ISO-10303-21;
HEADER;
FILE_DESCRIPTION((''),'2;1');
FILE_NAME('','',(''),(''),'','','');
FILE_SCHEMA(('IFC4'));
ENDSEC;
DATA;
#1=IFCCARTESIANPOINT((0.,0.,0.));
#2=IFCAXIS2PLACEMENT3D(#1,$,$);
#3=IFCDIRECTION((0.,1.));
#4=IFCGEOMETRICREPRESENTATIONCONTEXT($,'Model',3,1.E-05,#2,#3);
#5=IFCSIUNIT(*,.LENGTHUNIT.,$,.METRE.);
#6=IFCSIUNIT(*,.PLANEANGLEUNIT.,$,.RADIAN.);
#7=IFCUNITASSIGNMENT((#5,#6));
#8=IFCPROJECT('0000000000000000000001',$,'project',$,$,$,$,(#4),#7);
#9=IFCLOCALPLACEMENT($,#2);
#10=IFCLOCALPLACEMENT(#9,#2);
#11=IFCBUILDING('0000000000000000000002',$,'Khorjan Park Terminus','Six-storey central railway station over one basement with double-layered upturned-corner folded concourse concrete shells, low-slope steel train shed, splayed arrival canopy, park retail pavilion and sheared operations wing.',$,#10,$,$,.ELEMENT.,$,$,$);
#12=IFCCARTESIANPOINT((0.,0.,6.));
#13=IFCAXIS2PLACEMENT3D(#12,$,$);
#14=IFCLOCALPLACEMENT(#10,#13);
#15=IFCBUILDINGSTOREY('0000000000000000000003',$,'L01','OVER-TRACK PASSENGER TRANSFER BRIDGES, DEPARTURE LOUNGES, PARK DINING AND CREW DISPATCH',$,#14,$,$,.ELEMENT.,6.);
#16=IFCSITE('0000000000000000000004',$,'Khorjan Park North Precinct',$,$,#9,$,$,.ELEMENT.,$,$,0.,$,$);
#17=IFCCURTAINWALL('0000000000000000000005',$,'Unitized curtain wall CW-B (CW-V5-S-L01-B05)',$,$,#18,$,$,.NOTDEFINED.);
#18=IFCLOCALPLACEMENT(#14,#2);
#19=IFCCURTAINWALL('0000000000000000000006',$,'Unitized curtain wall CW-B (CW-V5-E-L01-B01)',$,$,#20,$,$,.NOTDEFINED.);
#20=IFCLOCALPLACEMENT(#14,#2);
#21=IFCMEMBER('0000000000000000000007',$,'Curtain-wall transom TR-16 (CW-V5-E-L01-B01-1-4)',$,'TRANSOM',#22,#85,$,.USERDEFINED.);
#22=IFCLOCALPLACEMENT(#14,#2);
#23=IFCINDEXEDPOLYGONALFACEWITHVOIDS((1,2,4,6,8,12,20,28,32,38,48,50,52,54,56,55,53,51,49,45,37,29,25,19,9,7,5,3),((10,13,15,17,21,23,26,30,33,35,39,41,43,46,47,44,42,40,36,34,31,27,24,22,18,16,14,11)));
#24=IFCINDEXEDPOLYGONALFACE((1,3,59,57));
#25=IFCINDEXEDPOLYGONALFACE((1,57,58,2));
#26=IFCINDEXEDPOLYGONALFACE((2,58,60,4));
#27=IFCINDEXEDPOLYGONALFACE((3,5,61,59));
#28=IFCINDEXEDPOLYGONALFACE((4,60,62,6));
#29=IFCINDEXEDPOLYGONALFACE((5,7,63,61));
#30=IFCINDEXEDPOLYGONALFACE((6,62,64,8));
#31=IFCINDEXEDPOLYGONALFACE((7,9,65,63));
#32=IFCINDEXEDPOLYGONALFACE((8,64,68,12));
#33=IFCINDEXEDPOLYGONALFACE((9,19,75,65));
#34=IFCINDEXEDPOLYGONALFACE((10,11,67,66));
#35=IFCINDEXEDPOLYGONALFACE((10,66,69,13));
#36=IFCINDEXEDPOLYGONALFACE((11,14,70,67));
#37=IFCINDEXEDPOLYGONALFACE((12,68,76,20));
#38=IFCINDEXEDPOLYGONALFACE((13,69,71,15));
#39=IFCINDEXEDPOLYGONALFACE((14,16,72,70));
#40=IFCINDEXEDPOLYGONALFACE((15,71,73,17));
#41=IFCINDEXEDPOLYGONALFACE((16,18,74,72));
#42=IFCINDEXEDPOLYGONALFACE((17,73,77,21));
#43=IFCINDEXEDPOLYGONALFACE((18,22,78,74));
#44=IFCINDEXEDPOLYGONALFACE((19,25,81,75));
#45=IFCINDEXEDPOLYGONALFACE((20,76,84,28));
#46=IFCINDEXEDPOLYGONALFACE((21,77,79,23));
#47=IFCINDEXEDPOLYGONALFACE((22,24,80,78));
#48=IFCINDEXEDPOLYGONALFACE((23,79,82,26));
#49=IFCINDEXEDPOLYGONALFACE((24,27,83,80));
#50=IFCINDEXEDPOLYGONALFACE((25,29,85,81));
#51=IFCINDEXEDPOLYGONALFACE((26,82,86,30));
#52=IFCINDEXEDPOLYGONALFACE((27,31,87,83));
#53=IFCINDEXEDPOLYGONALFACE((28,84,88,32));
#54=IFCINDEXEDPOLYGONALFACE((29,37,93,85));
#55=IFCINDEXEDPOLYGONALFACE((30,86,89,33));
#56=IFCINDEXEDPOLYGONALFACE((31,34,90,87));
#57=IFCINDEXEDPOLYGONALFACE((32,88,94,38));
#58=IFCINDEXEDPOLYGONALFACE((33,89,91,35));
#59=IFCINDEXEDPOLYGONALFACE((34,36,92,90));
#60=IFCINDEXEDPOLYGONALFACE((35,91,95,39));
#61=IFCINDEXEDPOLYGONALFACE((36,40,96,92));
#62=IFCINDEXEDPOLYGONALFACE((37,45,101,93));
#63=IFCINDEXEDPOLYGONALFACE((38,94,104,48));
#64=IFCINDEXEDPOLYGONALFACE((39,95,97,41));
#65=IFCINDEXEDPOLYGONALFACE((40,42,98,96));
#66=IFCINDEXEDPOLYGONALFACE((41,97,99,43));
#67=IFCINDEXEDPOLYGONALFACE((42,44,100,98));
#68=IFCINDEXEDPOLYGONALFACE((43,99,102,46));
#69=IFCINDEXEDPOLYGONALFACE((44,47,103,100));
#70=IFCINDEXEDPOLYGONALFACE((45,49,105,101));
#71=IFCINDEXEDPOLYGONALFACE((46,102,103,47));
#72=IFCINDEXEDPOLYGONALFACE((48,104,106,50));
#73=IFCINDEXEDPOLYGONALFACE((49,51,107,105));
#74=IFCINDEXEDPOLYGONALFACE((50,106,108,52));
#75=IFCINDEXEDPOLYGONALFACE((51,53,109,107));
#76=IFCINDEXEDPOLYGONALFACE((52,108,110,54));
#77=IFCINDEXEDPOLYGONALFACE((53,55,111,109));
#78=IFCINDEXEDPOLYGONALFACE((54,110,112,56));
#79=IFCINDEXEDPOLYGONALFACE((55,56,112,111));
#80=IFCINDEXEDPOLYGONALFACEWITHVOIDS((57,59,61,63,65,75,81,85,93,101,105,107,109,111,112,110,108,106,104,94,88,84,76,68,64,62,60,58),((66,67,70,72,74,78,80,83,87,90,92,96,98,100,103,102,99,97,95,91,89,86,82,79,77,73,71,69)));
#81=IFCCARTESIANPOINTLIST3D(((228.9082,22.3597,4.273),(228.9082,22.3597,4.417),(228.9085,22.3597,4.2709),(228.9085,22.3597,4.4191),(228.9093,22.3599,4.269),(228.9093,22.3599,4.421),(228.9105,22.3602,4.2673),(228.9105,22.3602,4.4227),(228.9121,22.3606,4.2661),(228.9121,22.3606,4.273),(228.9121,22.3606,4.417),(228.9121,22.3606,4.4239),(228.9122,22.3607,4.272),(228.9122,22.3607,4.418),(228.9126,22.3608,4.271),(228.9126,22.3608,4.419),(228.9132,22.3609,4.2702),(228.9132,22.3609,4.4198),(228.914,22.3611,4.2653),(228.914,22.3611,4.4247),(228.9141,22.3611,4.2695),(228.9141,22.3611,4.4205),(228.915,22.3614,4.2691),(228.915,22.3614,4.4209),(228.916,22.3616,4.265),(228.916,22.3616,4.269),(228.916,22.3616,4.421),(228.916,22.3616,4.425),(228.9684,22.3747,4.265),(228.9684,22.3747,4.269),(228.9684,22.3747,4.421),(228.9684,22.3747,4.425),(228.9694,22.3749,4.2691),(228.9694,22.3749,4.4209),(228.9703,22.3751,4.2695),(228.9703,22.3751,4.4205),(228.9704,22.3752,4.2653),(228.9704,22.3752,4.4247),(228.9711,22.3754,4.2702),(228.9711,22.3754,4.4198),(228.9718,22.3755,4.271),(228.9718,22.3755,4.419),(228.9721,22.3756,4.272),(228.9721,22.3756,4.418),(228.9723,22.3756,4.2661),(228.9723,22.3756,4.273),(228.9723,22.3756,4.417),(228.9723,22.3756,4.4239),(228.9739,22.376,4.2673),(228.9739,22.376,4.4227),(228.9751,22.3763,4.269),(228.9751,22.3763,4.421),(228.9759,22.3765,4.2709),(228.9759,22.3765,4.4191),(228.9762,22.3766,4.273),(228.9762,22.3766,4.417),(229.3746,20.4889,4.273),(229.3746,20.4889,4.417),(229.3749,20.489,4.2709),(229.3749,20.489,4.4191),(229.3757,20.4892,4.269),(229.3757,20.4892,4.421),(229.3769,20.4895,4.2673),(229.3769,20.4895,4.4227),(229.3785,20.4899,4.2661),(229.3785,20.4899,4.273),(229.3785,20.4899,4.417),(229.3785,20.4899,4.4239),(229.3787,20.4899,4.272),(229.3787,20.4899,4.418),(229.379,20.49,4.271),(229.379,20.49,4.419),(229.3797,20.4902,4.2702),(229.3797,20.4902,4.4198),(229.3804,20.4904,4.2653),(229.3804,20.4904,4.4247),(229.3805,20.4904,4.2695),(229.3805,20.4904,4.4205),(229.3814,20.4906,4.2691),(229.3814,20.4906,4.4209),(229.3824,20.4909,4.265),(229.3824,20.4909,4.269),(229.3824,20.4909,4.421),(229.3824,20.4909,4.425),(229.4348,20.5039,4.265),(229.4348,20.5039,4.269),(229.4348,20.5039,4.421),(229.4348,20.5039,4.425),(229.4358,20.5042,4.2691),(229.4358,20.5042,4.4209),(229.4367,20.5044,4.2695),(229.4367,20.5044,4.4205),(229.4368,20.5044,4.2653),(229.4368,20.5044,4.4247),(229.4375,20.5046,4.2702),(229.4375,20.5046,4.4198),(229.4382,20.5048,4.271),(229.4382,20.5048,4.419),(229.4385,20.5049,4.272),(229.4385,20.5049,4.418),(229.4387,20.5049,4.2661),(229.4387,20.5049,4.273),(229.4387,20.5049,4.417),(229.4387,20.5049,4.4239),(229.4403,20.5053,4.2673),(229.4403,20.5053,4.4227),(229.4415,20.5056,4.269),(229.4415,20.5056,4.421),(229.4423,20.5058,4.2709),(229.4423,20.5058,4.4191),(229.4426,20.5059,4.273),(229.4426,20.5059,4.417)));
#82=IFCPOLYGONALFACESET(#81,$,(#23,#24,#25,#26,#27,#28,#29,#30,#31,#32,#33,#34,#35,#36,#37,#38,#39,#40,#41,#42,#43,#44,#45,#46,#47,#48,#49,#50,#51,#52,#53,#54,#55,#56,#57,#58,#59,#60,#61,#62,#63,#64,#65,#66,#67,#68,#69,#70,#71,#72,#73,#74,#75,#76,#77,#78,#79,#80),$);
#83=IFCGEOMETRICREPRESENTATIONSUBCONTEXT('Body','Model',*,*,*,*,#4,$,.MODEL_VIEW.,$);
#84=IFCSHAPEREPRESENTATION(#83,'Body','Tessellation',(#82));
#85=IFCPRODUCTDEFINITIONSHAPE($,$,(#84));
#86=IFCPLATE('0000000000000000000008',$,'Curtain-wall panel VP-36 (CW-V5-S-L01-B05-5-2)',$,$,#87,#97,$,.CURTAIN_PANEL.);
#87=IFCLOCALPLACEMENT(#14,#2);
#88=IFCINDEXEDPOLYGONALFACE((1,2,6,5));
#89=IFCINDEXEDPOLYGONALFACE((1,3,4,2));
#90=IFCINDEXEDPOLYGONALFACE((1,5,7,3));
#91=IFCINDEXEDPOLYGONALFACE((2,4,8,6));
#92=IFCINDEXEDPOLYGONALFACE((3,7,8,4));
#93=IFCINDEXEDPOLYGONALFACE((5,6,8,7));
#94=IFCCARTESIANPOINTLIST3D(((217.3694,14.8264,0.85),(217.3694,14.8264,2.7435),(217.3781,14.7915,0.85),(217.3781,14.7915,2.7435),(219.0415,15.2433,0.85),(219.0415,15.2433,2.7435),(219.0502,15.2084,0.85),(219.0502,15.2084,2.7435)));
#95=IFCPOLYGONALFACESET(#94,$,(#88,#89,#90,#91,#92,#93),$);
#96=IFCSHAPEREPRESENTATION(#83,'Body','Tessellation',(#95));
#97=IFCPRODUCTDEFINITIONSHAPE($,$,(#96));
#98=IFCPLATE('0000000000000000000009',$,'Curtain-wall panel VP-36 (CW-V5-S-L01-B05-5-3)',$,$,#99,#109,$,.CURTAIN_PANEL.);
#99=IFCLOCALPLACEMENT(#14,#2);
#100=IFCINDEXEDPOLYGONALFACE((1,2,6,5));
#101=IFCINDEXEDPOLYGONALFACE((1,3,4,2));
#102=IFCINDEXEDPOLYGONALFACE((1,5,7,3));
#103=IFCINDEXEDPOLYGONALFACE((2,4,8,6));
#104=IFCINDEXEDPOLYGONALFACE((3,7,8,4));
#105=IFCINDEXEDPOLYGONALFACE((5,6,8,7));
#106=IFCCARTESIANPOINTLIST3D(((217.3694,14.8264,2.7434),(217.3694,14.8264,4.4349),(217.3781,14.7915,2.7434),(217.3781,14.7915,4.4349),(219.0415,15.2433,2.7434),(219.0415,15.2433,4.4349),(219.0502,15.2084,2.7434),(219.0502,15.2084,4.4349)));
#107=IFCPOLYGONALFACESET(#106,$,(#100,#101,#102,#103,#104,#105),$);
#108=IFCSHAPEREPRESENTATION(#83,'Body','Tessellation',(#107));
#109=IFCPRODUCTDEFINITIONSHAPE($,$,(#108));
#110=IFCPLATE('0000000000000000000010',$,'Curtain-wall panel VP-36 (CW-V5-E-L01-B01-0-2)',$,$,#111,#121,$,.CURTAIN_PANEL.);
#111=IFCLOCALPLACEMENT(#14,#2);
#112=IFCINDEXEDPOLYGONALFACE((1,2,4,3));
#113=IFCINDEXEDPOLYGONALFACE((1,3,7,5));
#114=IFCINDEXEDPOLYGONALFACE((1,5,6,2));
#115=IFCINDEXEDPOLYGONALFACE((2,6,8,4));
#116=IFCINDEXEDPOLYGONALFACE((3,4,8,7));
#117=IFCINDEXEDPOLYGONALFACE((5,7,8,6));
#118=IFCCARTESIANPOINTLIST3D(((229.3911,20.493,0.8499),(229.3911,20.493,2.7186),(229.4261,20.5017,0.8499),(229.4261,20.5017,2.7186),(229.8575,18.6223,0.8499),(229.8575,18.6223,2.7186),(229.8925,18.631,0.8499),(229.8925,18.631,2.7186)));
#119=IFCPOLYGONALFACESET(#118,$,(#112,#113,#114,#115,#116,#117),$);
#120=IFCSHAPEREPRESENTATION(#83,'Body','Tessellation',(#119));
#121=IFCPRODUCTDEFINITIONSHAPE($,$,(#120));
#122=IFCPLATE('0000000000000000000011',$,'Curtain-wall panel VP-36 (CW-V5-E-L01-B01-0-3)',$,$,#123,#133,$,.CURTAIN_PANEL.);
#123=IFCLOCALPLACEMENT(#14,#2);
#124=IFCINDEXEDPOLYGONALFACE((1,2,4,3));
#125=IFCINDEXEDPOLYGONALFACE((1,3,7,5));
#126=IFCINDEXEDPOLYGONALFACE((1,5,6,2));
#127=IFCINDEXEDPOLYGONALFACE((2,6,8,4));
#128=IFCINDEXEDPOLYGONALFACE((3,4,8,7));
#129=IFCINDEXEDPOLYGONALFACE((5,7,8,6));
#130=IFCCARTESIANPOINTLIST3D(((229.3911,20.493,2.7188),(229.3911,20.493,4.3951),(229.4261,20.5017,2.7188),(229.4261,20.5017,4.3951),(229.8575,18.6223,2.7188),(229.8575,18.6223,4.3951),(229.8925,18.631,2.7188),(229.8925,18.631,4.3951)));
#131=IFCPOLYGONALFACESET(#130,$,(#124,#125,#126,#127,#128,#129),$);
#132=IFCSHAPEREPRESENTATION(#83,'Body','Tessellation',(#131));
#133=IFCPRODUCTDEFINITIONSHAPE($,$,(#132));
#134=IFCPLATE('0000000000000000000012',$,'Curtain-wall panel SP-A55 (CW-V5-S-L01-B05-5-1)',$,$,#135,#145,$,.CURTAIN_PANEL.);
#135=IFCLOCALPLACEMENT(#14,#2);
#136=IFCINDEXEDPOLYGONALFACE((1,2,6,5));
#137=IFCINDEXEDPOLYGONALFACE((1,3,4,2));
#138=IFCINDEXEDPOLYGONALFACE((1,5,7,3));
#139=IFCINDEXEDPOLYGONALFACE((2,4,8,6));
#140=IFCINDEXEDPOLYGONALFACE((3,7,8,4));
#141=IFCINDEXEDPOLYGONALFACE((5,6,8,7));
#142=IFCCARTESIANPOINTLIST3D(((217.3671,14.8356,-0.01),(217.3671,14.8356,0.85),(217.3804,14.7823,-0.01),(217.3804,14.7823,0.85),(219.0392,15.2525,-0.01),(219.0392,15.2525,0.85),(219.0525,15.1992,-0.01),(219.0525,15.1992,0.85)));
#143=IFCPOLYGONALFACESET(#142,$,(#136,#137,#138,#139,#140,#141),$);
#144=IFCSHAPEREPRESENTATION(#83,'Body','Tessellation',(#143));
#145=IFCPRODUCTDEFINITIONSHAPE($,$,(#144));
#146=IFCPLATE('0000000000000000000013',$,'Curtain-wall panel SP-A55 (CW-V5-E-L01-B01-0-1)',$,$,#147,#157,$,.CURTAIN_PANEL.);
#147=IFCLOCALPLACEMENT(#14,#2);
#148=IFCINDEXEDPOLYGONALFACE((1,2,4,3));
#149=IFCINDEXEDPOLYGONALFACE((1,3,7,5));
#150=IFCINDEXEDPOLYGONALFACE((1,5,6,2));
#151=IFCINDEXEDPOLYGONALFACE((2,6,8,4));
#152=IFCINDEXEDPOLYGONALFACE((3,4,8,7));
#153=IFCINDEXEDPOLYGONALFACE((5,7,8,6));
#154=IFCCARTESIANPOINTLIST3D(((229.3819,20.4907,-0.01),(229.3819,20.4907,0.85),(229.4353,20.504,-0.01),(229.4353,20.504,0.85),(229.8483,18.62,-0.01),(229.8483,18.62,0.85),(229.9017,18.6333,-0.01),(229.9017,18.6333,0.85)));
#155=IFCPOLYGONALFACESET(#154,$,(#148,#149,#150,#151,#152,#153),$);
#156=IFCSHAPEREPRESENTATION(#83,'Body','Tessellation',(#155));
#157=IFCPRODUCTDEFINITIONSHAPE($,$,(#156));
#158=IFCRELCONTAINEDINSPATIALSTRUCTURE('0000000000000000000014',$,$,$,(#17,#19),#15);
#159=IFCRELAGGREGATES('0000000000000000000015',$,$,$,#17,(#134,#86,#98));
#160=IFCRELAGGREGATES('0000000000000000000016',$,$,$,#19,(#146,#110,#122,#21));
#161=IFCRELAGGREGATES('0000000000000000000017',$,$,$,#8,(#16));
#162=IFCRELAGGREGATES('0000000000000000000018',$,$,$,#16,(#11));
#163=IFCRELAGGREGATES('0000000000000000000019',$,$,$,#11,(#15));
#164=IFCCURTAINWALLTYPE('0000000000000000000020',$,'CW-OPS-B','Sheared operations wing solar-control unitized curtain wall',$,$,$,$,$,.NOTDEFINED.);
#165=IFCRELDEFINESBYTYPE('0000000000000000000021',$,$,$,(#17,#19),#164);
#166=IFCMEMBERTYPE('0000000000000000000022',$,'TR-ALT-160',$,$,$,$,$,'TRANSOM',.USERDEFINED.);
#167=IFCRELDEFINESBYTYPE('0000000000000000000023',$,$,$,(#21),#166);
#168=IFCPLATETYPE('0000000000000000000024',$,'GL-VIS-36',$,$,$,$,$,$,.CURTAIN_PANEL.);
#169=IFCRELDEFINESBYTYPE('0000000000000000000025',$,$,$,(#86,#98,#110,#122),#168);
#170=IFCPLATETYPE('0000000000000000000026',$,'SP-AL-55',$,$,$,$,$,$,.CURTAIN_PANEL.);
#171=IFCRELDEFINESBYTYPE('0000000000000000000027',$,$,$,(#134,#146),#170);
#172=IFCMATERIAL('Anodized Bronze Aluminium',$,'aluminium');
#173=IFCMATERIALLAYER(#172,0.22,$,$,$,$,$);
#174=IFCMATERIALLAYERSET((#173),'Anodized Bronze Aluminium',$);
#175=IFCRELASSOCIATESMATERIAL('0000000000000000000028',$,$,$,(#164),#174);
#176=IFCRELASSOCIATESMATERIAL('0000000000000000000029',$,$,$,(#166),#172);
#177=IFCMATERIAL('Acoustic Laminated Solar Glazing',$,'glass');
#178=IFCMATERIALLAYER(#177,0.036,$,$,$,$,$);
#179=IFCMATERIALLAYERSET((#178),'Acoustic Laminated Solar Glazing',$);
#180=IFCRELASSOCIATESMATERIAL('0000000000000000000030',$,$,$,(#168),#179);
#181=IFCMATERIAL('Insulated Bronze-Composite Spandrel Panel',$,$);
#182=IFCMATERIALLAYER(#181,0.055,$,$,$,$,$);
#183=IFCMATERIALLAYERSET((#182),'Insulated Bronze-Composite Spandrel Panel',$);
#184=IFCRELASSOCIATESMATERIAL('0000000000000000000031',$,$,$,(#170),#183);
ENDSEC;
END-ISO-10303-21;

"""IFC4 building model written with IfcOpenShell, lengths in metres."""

from ifc_helpers import new_model, si_unit, direction, frame, origin, origin_2d, place, context, subcontext, project, spatial, rectangle, hollow_rectangle, extrude, material, layer, layer_set, material_profile, profile_set, type_object, element, aggregate, save


model = new_model("IFC4")

# Units and contexts
model_context = context("Model", 3, precision=1e-05, world=origin(), true_north=direction((0.0, 1.0)))
body_context = subcontext(model_context, "Body", "Model", "MODEL_VIEW")
ifc_project = project(units=[si_unit("LENGTHUNIT", "METRE"), si_unit("PLANEANGLEUNIT", "RADIAN")], contexts=[model_context])

# Site, building, storey
site_placement = place(None, origin())
site = spatial("IfcSite", under=ifc_project, at=site_placement, Name="Khorjan Park North Precinct", CompositionType="ELEMENT", RefElevation=0.0)
building_placement = place(site_placement, origin())
building = spatial("IfcBuilding", under=site, at=building_placement, Name="Khorjan Park Terminus", Description="Six-storey central railway station over one basement with double-layered upturned-corner folded concourse concrete shells, low-slope steel train shed, splayed arrival canopy, park retail pavilion and sheared operations wing.", CompositionType="ELEMENT")
storey_placement = place(building_placement, frame((0.0, 0.0, 6.0)))
storey = spatial("IfcBuildingStorey", under=building, at=storey_placement, Name="L01", Description="OVER-TRACK PASSENGER TRANSFER BRIDGES, DEPARTURE LOUNGES, PARK DINING AND CREW DISPATCH", CompositionType="ELEMENT", Elevation=6.0)

# Curtain wall
ifc_material_1 = material(Name="Anodized Bronze Aluminium", Category="aluminium")
ifc_layer_1 = layer(ifc_material_1, 0.22)
ifc_layer_set_1 = layer_set([ifc_layer_1], Name="Anodized Bronze Aluminium")
curtain_wall_type = type_object("IfcCurtainWallType", Name="CW-OPS-B", Description="Sheared operations wing solar-control unitized curtain wall", PredefinedType="NOTDEFINED", material=ifc_layer_set_1)
curtain_wall_1_placement = place(storey_placement, origin())
curtain_wall_1 = element("IfcCurtainWall", 1, at=curtain_wall_1_placement, inside=storey, type_object=curtain_wall_type, Name="Unitized curtain wall CW-B (CW-V5-S-L01-B05)", PredefinedType="NOTDEFINED")

# Curtain wall, member
curtain_wall_2_placement = place(storey_placement, origin())
curtain_wall_2 = element("IfcCurtainWall", 2, at=curtain_wall_2_placement, inside=storey, type_object=curtain_wall_type, Name="Unitized curtain wall CW-B (CW-V5-E-L01-B01)", PredefinedType="NOTDEFINED")
ifc_material_profile_1 = material_profile(ifc_material_1, hollow_rectangle(XDim=0.07, YDim=0.16, WallThickness=0.004, InnerFilletRadius=0.004, OuterFilletRadius=0.008, at=origin_2d()), Name="ALT 70x160x4")
ifc_profile_set_1 = profile_set([ifc_material_profile_1], Name="Anodized Bronze Aluminium")
member_type_1 = type_object("IfcMemberType", Name="TR-ALT-160", ElementType="TRANSOM", PredefinedType="USERDEFINED", material=ifc_profile_set_1)
member_1_placement = place(storey_placement, frame((229.4086, 20.4974, 4.345), z_axis=(-0.241913, 0.970298, 0.0), x_axis=(-0.970298, -0.241913, 0.0)))
member_1 = element("IfcMember", 3, at=member_1_placement, type_object=member_type_1, Name="Curtain-wall transom TR-16 (CW-V5-E-L01-B01-1-4)", ObjectType="TRANSOM", PredefinedType="USERDEFINED", context=body_context, shape_type="SweptSolid", body=[
    extrude(hollow_rectangle(XDim=0.07, YDim=0.16, WallThickness=0.004, InnerFilletRadius=0.004, OuterFilletRadius=0.008, at=origin_2d()), origin(), (0.0, 0.0, 1.0), 1.928),
])

# Plates
ifc_material_2 = material(Name="Acoustic Laminated Solar Glazing", Category="glass")
ifc_layer_2 = layer(ifc_material_2, 0.036)
ifc_layer_set_2 = layer_set([ifc_layer_2], Name="Acoustic Laminated Solar Glazing")
plate_type_1 = type_object("IfcPlateType", Name="GL-VIS-36", PredefinedType="CURTAIN_PANEL", material=ifc_layer_set_2)
plate_1_placement = place(storey_placement, frame((218.2098, 15.0174, 0.85), z_axis=(0.0, 0.0, 1.0), x_axis=(0.970298, 0.241912, 0.0)))
plate_1 = element("IfcPlate", 4, at=plate_1_placement, type_object=plate_type_1, Name="Curtain-wall panel VP-36 (CW-V5-S-L01-B05-5-2)", PredefinedType="CURTAIN_PANEL", context=body_context, shape_type="SweptSolid", body=[
    extrude(rectangle(XDim=1.7233, YDim=0.036, at=origin_2d()), origin(), (0.0, 0.0, 1.0), 1.8935),
])
plate_2_placement = place(storey_placement, frame((218.2098, 15.0174, 2.7434), z_axis=(0.0, 0.0, 1.0), x_axis=(0.970298, 0.241912, 0.0)))
plate_2 = element("IfcPlate", 5, at=plate_2_placement, type_object=plate_type_1, Name="Curtain-wall panel VP-36 (CW-V5-S-L01-B05-5-3)", PredefinedType="CURTAIN_PANEL", context=body_context, shape_type="SweptSolid", body=[
    extrude(rectangle(XDim=1.7233, YDim=0.036, at=origin_2d()), origin(), (0.0, 0.0, 1.0), 1.6915),
])
plate_3_placement = place(storey_placement, frame((229.6418, 19.562, 0.8499), z_axis=(0.0, 0.0, 1.0), x_axis=(-0.24192, 0.970296, 0.0)))
plate_3 = element("IfcPlate", 6, at=plate_3_placement, type_object=plate_type_1, Name="Curtain-wall panel VP-36 (CW-V5-E-L01-B01-0-2)", PredefinedType="CURTAIN_PANEL", context=body_context, shape_type="SweptSolid", body=[
    extrude(rectangle(XDim=1.928, YDim=0.036, at=origin_2d()), origin(), (0.0, 0.0, 1.0), 1.8687),
])
plate_4_placement = place(storey_placement, frame((229.6418, 19.562, 2.7188), z_axis=(0.0, 0.0, 1.0), x_axis=(-0.24192, 0.970296, 0.0)))
plate_4 = element("IfcPlate", 7, at=plate_4_placement, type_object=plate_type_1, Name="Curtain-wall panel VP-36 (CW-V5-E-L01-B01-0-3)", PredefinedType="CURTAIN_PANEL", context=body_context, shape_type="SweptSolid", body=[
    extrude(rectangle(XDim=1.928, YDim=0.036, at=origin_2d()), origin(), (0.0, 0.0, 1.0), 1.6763),
])
ifc_material_3 = material(Name="Insulated Bronze-Composite Spandrel Panel")
ifc_layer_3 = layer(ifc_material_3, 0.055)
ifc_layer_set_3 = layer_set([ifc_layer_3], Name="Insulated Bronze-Composite Spandrel Panel")
plate_type_2 = type_object("IfcPlateType", Name="SP-AL-55", PredefinedType="CURTAIN_PANEL", material=ifc_layer_set_3)
plate_5_placement = place(storey_placement, frame((218.2098, 15.0174, -0.01), z_axis=(0.0, 0.0, 1.0), x_axis=(0.970298, 0.241912, 0.0)))
plate_5 = element("IfcPlate", 8, at=plate_5_placement, type_object=plate_type_2, Name="Curtain-wall panel SP-A55 (CW-V5-S-L01-B05-5-1)", PredefinedType="CURTAIN_PANEL", context=body_context, shape_type="SweptSolid", body=[
    extrude(rectangle(XDim=1.7233, YDim=0.055, at=origin_2d()), origin(), (0.0, 0.0, 1.0), 0.86),
])
aggregate(curtain_wall_1, [plate_5, plate_1, plate_2])
plate_6_placement = place(storey_placement, frame((229.6418, 19.562, -0.01), z_axis=(0.0, 0.0, 1.0), x_axis=(-0.24192, 0.970296, 0.0)))
plate_6 = element("IfcPlate", 9, at=plate_6_placement, type_object=plate_type_2, Name="Curtain-wall panel SP-A55 (CW-V5-E-L01-B01-0-1)", PredefinedType="CURTAIN_PANEL", context=body_context, shape_type="SweptSolid", body=[
    extrude(rectangle(XDim=1.928, YDim=0.055, at=origin_2d()), origin(), (0.0, 0.0, 1.0), 0.86),
])
aggregate(curtain_wall_2, [plate_6, plate_3, plate_4, member_1])

save(model, "model.ifc")
